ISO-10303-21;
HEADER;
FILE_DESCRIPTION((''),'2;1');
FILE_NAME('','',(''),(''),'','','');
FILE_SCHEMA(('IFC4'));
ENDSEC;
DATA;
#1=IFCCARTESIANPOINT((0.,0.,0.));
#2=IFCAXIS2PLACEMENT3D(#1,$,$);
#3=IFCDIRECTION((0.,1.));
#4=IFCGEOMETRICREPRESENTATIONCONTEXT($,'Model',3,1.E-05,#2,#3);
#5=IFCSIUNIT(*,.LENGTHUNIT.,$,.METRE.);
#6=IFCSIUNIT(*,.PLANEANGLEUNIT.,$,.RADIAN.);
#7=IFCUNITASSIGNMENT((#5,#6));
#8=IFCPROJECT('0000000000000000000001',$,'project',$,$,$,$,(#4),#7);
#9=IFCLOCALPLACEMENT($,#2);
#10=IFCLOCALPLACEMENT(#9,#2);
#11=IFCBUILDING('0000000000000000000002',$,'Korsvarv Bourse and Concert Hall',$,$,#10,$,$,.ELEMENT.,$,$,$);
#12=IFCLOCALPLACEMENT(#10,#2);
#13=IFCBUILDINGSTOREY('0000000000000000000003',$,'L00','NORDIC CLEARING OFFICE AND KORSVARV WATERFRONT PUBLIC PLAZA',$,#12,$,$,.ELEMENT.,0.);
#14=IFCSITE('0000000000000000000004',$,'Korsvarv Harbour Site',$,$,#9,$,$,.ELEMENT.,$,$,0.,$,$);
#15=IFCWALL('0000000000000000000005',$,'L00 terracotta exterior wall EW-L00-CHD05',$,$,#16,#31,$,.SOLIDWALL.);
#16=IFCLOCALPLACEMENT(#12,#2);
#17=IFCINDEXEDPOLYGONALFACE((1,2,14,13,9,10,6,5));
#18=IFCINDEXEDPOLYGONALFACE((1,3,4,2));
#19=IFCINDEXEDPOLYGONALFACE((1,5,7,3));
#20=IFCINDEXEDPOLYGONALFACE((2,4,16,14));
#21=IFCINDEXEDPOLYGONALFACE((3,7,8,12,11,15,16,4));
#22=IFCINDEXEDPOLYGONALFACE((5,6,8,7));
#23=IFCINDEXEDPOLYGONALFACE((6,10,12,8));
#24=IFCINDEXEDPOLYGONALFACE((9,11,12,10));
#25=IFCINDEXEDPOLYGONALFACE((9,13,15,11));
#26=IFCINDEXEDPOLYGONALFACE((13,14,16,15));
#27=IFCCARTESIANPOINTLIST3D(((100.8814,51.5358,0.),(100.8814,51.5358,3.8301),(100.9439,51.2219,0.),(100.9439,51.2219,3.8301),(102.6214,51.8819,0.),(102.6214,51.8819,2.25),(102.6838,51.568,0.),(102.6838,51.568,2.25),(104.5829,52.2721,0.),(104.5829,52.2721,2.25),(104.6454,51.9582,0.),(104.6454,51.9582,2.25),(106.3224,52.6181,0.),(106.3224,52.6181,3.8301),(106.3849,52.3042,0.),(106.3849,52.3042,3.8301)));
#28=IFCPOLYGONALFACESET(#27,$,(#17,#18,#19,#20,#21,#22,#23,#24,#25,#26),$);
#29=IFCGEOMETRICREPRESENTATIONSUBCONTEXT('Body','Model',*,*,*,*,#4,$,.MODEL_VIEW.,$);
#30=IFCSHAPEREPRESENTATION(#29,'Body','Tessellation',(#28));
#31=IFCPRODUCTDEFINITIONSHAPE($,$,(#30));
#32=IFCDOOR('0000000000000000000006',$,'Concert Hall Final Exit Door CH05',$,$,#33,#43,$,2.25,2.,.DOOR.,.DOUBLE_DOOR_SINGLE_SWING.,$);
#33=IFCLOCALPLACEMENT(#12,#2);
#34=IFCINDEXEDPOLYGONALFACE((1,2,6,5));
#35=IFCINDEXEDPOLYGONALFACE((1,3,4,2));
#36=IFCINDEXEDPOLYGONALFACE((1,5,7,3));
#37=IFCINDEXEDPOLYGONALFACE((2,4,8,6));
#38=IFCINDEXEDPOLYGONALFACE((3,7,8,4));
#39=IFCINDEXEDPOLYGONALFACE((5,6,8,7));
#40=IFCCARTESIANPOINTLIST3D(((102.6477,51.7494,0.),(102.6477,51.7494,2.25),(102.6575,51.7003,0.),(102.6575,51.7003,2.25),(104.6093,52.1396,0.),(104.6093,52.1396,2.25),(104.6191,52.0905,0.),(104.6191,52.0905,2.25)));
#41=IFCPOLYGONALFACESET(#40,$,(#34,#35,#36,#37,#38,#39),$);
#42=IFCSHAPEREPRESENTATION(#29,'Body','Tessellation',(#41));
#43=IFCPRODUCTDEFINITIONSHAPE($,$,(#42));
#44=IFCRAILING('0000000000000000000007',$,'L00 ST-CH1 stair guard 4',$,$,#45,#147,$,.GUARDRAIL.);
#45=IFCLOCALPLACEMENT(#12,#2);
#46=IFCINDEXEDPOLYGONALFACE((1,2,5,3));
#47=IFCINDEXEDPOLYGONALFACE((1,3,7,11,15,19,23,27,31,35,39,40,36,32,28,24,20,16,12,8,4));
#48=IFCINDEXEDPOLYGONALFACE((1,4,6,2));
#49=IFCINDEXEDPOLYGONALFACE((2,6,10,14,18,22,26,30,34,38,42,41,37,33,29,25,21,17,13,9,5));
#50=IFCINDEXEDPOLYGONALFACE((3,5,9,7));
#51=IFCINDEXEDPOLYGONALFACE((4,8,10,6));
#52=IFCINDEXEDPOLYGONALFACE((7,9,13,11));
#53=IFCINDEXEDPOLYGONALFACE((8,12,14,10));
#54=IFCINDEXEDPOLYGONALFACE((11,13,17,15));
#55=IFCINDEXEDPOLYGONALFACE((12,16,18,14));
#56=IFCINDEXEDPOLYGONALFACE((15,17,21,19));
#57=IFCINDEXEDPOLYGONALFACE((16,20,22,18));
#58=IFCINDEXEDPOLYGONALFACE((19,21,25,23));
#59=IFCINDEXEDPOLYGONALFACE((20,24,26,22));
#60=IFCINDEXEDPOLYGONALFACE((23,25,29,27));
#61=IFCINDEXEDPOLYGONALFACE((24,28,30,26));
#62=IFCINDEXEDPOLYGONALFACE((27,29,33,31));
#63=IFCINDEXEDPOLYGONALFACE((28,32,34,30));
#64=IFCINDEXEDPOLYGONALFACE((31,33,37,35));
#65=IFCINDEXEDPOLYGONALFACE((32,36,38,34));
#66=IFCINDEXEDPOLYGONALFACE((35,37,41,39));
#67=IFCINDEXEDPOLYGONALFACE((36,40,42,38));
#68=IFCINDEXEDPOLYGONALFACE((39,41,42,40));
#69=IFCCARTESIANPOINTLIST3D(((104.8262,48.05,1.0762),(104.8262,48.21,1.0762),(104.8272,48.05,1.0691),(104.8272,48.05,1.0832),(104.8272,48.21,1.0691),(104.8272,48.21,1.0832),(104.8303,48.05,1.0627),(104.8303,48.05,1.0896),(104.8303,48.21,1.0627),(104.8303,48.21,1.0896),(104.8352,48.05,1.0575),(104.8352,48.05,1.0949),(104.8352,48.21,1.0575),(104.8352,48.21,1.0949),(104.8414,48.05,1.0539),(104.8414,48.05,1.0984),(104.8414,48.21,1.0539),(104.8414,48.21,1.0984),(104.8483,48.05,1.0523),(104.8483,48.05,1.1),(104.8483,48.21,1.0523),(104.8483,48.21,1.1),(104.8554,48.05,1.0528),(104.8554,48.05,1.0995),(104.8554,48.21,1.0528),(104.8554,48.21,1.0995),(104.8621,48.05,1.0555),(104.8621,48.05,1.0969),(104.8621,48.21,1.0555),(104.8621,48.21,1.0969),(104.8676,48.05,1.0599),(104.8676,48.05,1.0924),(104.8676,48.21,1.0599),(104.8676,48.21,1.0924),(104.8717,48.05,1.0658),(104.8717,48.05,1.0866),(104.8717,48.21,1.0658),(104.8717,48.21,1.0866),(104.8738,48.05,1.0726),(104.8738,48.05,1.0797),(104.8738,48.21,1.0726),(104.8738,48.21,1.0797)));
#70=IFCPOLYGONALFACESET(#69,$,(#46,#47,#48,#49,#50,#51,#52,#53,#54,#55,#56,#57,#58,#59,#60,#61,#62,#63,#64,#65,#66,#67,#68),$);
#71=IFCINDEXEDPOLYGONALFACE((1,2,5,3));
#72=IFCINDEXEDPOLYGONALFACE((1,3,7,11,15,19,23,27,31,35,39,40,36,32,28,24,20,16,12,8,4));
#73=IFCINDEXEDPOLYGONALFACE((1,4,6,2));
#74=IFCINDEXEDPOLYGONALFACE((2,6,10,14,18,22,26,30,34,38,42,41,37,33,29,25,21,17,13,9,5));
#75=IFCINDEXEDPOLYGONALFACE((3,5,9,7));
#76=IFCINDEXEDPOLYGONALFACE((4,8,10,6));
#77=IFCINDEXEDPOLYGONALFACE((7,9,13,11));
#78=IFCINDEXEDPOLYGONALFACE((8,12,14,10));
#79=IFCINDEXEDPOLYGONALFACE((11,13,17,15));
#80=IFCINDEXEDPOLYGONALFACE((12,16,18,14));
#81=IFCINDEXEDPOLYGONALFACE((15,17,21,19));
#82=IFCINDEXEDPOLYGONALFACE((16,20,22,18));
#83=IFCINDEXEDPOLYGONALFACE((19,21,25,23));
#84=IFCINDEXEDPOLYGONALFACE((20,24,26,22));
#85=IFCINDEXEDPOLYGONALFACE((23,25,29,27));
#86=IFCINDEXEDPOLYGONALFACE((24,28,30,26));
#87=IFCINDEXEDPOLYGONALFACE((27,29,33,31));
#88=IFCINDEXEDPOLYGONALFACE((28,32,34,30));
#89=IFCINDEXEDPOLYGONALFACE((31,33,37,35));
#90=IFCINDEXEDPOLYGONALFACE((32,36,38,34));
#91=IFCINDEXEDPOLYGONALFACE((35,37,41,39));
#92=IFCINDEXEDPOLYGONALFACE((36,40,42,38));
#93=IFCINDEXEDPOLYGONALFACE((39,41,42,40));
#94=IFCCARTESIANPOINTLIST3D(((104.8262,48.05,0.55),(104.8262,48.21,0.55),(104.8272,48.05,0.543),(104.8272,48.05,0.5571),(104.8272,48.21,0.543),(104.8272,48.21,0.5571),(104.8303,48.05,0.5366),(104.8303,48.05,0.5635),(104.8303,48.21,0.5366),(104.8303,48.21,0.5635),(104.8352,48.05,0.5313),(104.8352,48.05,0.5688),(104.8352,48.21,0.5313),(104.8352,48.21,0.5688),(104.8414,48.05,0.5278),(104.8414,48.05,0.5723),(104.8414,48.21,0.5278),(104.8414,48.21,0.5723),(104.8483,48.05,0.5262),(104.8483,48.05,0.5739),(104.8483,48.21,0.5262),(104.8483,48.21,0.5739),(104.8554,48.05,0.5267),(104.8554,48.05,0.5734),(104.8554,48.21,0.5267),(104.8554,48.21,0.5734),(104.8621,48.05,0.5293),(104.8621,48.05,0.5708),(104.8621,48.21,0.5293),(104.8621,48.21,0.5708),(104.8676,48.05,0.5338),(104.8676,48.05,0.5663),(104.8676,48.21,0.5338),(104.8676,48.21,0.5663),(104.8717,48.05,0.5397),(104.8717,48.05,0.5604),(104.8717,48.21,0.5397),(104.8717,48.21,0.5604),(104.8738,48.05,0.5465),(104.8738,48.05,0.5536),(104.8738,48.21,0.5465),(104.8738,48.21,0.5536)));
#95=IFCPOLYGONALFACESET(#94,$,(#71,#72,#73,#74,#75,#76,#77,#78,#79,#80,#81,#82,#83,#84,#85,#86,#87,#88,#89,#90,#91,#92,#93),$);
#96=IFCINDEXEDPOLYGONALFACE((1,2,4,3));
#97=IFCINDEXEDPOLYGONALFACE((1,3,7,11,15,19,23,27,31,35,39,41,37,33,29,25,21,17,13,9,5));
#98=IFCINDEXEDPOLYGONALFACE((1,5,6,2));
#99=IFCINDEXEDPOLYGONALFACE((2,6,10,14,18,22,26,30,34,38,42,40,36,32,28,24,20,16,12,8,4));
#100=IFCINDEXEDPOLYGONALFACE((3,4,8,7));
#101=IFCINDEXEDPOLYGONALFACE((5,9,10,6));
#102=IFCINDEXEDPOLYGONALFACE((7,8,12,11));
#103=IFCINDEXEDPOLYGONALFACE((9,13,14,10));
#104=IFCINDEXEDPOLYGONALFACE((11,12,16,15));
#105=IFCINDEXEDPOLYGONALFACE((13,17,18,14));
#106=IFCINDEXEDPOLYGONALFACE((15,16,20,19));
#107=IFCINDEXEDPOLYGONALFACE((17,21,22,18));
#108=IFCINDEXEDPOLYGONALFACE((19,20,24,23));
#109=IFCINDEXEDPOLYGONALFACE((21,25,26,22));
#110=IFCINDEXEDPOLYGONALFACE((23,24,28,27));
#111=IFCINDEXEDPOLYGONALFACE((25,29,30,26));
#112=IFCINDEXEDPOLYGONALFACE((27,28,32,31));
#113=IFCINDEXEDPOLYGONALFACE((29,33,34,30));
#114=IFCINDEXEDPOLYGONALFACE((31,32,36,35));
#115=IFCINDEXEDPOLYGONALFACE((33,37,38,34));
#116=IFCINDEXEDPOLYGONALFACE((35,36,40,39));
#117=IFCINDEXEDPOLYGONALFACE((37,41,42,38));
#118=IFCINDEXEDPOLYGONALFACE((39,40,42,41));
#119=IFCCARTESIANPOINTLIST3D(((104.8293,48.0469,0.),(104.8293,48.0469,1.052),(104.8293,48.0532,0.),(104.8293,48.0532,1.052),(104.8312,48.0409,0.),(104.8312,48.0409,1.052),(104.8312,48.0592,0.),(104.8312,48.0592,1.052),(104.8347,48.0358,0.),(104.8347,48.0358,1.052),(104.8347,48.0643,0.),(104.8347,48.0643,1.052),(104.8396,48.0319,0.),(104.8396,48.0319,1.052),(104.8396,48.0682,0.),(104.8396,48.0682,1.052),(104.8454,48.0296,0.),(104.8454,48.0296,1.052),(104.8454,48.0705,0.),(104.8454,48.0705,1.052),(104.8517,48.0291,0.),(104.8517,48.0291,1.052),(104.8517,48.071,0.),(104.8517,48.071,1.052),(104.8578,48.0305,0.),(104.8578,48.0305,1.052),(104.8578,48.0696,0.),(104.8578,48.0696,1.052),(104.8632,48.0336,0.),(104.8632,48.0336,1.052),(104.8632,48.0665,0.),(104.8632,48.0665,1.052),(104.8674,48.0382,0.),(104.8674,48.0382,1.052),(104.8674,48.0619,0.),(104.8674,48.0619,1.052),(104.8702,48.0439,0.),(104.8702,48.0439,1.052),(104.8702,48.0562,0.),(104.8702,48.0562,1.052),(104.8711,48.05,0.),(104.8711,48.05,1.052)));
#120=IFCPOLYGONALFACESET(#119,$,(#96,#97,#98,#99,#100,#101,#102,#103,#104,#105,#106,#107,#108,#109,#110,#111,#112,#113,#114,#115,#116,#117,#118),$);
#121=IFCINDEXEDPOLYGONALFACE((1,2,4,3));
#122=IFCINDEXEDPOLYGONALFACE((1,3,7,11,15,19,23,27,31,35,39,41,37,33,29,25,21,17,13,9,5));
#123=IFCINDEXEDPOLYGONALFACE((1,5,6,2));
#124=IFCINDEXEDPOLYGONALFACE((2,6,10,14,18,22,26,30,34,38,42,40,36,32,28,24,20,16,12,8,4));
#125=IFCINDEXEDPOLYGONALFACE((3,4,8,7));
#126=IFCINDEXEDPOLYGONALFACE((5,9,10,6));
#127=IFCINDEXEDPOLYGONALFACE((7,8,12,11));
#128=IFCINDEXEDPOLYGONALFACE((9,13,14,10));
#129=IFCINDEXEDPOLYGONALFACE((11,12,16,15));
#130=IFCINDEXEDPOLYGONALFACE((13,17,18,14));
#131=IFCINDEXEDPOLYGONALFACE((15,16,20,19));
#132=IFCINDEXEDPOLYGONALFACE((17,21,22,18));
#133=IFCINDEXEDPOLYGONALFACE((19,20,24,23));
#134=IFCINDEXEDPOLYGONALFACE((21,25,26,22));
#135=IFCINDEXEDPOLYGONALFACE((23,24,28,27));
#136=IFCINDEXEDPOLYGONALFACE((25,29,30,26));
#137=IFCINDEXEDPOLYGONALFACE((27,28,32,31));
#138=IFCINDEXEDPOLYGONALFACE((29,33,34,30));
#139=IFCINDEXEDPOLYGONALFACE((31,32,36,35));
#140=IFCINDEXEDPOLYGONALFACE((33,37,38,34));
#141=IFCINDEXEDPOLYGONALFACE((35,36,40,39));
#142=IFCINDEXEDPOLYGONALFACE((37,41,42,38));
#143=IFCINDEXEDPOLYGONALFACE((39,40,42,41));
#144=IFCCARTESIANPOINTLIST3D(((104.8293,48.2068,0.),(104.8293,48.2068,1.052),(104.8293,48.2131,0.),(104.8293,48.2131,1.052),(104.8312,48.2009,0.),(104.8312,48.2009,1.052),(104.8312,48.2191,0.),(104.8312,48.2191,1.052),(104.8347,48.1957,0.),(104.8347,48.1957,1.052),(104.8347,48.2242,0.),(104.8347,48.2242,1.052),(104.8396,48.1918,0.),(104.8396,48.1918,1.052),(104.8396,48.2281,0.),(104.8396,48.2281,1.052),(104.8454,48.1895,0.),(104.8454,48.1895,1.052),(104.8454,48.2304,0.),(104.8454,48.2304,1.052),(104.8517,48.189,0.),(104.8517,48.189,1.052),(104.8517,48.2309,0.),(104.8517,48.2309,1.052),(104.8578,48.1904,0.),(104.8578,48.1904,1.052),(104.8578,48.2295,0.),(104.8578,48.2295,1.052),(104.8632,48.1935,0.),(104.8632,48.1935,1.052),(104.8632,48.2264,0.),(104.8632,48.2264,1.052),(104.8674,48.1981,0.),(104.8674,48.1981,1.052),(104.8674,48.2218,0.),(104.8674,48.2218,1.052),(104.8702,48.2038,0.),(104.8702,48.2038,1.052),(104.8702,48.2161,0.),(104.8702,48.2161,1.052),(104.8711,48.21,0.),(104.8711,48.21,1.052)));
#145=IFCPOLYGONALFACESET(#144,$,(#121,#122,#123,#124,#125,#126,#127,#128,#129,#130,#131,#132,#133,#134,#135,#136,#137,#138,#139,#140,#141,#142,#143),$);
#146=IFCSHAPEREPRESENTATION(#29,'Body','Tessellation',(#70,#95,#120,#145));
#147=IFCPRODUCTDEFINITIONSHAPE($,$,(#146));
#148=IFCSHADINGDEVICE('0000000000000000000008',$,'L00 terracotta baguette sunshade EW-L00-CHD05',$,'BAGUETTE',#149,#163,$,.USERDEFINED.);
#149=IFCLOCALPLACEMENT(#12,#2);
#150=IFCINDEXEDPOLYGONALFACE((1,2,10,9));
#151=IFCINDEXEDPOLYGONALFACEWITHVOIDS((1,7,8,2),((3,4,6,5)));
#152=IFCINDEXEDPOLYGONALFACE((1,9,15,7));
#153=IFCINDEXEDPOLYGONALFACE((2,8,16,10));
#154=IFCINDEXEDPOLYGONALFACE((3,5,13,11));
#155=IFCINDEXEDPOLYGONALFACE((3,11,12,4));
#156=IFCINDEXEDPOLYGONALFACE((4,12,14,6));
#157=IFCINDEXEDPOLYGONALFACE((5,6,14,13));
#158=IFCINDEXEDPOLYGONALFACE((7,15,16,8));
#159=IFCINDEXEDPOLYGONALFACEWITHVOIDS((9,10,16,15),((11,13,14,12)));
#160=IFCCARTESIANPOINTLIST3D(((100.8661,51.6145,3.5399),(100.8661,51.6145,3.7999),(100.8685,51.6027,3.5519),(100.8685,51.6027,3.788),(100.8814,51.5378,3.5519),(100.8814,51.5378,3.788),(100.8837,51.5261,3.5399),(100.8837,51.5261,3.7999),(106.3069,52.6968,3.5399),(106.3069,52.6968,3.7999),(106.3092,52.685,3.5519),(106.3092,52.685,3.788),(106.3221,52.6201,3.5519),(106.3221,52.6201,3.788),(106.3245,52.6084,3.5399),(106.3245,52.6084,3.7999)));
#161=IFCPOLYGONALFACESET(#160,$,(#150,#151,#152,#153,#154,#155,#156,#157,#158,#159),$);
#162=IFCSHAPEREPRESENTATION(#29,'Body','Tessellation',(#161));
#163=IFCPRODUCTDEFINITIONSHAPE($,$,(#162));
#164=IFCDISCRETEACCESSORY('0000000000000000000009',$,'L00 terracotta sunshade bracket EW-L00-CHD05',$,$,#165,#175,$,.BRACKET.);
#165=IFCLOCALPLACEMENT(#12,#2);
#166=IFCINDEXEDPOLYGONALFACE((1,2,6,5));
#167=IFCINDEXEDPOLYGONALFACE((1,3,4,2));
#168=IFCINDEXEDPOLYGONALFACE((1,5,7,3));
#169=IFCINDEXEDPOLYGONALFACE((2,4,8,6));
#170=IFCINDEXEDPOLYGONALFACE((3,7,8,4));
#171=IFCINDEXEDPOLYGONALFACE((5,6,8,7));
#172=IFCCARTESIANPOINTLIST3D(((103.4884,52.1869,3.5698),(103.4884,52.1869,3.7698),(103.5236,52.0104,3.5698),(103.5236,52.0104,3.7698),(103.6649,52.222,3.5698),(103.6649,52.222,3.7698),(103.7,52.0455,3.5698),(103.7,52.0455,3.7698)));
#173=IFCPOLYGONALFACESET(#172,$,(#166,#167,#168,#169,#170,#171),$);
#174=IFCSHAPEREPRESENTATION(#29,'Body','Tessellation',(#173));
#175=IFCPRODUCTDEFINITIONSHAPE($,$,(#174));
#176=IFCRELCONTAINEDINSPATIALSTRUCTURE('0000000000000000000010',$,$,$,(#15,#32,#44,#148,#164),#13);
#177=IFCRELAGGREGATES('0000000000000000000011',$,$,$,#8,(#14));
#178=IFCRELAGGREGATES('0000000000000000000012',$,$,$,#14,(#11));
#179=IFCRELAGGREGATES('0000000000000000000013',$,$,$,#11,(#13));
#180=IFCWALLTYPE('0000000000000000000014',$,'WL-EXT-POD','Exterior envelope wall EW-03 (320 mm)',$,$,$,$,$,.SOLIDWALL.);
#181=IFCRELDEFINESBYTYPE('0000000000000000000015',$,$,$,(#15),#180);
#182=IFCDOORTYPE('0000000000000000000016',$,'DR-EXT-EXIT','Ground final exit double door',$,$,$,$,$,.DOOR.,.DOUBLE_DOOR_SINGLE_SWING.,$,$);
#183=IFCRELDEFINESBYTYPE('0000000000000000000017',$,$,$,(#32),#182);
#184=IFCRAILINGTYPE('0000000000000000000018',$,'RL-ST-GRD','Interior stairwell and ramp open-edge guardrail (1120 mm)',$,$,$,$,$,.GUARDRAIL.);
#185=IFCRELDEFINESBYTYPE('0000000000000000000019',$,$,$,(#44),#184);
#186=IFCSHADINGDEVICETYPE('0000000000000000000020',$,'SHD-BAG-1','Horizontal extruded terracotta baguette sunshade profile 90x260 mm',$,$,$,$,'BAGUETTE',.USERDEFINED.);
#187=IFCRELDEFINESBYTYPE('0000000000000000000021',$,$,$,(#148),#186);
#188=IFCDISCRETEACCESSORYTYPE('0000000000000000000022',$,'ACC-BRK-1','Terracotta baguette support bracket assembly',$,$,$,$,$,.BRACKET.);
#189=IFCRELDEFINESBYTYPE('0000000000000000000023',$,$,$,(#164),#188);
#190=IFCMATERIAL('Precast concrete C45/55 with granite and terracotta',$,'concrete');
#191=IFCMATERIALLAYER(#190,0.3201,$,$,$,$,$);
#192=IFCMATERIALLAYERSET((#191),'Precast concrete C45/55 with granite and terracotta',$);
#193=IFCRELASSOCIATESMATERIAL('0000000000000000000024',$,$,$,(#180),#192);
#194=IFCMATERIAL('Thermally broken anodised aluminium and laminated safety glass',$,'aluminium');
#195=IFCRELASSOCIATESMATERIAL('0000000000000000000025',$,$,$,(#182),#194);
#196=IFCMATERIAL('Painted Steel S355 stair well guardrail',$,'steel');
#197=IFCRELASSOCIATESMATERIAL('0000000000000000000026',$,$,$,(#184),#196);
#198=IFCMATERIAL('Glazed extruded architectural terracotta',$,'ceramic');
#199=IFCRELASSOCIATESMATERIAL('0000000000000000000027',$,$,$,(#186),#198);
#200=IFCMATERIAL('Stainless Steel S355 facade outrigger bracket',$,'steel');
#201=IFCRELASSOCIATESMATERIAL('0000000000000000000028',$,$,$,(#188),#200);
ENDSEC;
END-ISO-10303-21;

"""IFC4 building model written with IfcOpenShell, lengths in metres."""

from ifc_helpers import new_model, si_unit, direction, frame, frame_2d, origin, origin_2d, place, context, subcontext, project, spatial, rectangle, hollow_rectangle, circle, extrude, source, transform, mapped, material, layer, layer_set, material_profile, profile_set, type_object, element, fill, save


model = new_model("IFC4")

# Units and contexts
model_context = context("Model", 3, precision=1e-05, world=origin(), true_north=direction((0.0, 1.0)))
body_context = subcontext(model_context, "Body", "Model", "MODEL_VIEW")
ifc_project = project(units=[si_unit("LENGTHUNIT", "METRE"), si_unit("PLANEANGLEUNIT", "RADIAN")], contexts=[model_context])

# Site, building, storey
site_placement = place(None, origin())
site = spatial("IfcSite", under=ifc_project, at=site_placement, Name="Korsvarv Harbour Site", CompositionType="ELEMENT", RefElevation=0.0)
building_placement = place(site_placement, origin())
building = spatial("IfcBuilding", under=site, at=building_placement, Name="Korsvarv Bourse and Concert Hall", CompositionType="ELEMENT")
storey_placement = place(building_placement, origin())
storey = spatial("IfcBuildingStorey", under=building, at=storey_placement, Name="L00", Description="NORDIC CLEARING OFFICE AND KORSVARV WATERFRONT PUBLIC PLAZA", CompositionType="ELEMENT", Elevation=0.0)

# Wall, opening, door
ifc_material_1 = material(Name="Precast concrete C45/55 with granite and terracotta", Category="concrete")
ifc_layer_1 = layer(ifc_material_1, 0.3201)
ifc_layer_set_1 = layer_set([ifc_layer_1], Name="Precast concrete C45/55 with granite and terracotta")
wall_type_1 = type_object("IfcWallType", Name="WL-EXT-POD", Description="Exterior envelope wall EW-03 (320 mm)", PredefinedType="SOLIDWALL", material=ifc_layer_set_1)
wall_1_placement = place(storey_placement, frame((106.3538, 52.4612, 0.0), z_axis=(0.0, 0.0, 1.0), x_axis=(-0.980785, -0.195092, 0.0)))
wall_1 = element("IfcWall", 1, at=wall_1_placement, inside=storey, type_object=wall_type_1, Name="L00 terracotta exterior wall EW-L00-CHD05", PredefinedType="SOLIDWALL", context=body_context, shape_type="SweptSolid", body=[
    extrude(rectangle(XDim=5.5476, YDim=0.3201, at=frame_2d((2.7739, 0.0))), origin(), (0.0, 0.0, 1.0), 3.8301),
])
opening_placement = place(wall_1_placement, frame((1.7737, 0.0, 0.0)))
opening = element("IfcOpeningElement", 2, at=opening_placement, cuts=wall_1, PredefinedType="OPENING", context=body_context, shape_type="SweptSolid", body=[
    extrude(rectangle(XDim=2.0, YDim=2.25, at=frame_2d((1.0, 1.125))), frame((0.0, 0.1699, 0.0), z_axis=(0.0, -1.0, 0.0), x_axis=(1.0, 0.0, 0.0)), (0.0, 0.0, 1.0), 0.3401),
])
ifc_material_2 = material(Name="Thermally broken anodised aluminium and laminated safety glass", Category="aluminium")
door_type = type_object("IfcDoorType", Name="DR-EXT-EXIT", Description="Ground final exit double door", OperationType="DOUBLE_DOOR_SINGLE_SWING", PredefinedType="DOOR", material=ifc_material_2)
door_placement = place(opening_placement, frame((2.0, 0.0, 0.0), z_axis=(0.0, 0.0, 1.0), x_axis=(-1.0, 0.0, 0.0)))
door = element("IfcDoor", 3, at=door_placement, inside=storey, type_object=door_type, Name="Concert Hall Final Exit Door CH05", OperationType="DOUBLE_DOOR_SINGLE_SWING", OverallHeight=2.25, OverallWidth=2.0, PredefinedType="DOOR", context=body_context, shape_type="SweptSolid", body=[
    extrude(rectangle(XDim=2.0, YDim=2.25, at=frame_2d((1.0, 1.125))), frame((0.0, 0.0249, 0.0), z_axis=(0.0, -1.0, 0.0), x_axis=(1.0, 0.0, 0.0)), (0.0, 0.0, 1.0), 0.05),
])
fill(opening, door)

# Railing
ifc_material_3 = material(Name="Painted Steel S355 stair well guardrail", Category="steel")
railing_type = type_object("IfcRailingType", Name="RL-ST-GRD", Description="Interior stairwell and ramp open-edge guardrail (1120 mm)", PredefinedType="GUARDRAIL", material=ifc_material_3)
railing_placement = place(storey_placement, frame((104.8501, 48.05, 0.0)))
element("IfcRailing", 4, at=railing_placement, inside=storey, type_object=railing_type, Name="L00 ST-CH1 stair guard 4", PredefinedType="GUARDRAIL", context=body_context, shape_type="SweptSolid", body=[
    extrude(circle(Radius=0.0239, at=origin_2d()), frame((0.0, 0.0, 1.0762), z_axis=(0.0, 1.0, 0.0), x_axis=(-1.0, 0.0, 0.0)), (0.0, 0.0, 1.0), 0.1599),
    extrude(circle(Radius=0.0239, at=origin_2d()), frame((0.0, 0.0, 0.55), z_axis=(0.0, 1.0, 0.0), x_axis=(-1.0, 0.0, 0.0)), (0.0, 0.0, 1.0), 0.1599),
    extrude(circle(Radius=0.021, at=origin_2d()), origin(), (0.0, 0.0, 1.0), 1.052),
    extrude(circle(Radius=0.021, at=origin_2d()), frame((0.0, 0.1599, 0.0)), (0.0, 0.0, 1.0), 1.052),
])

# Shading device
ifc_material_4 = material(Name="Glazed extruded architectural terracotta", Category="ceramic")
ifc_material_profile_1 = material_profile(ifc_material_4, hollow_rectangle(XDim=0.0901, YDim=0.26, WallThickness=0.012, at=origin_2d()), Name="TC-BAG 90x260")
ifc_profile_set_1 = profile_set([ifc_material_profile_1], Name="Glazed extruded architectural terracotta")
shading_device_type = type_object("IfcShadingDeviceType", Name="SHD-BAG-1", Description="Horizontal extruded terracotta baguette sunshade profile 90x260 mm", ElementType="BAGUETTE", PredefinedType="USERDEFINED", material=ifc_profile_set_1)
shared_shape_1 = source(origin(), body_context, "Body", "SweptSolid", [
    extrude(hollow_rectangle(XDim=0.0901, YDim=0.26, WallThickness=0.012, at=origin_2d()), origin(), (0.0, 0.0, 1.0), 5.5474),
])
shading_device_placement = place(storey_placement, frame((106.3157, 52.6526, 3.6699), z_axis=(-0.980783, -0.1951, 0.0), x_axis=(0.1951, -0.980783, 0.0)))
element("IfcShadingDevice", 5, at=shading_device_placement, inside=storey, type_object=shading_device_type, Name="L00 terracotta baguette sunshade EW-L00-CHD05", ObjectType="BAGUETTE", PredefinedType="USERDEFINED", context=body_context, shape_type="MappedRepresentation", body=[
    mapped(shared_shape_1, transform((0.0, 0.0, 0.0), scale=1.0)),
])

# Discrete accessory
ifc_material_5 = material(Name="Stainless Steel S355 facade outrigger bracket", Category="steel")
discrete_accessory_type = type_object("IfcDiscreteAccessoryType", Name="ACC-BRK-1", Description="Terracotta baguette support bracket assembly", PredefinedType="BRACKET", material=ifc_material_5)
shared_shape_2 = source(origin(), body_context, "Body", "SweptSolid", [
    extrude(rectangle(XDim=0.1799, YDim=0.1799, at=origin_2d()), origin(), (0.0, 0.0, 1.0), 0.2),
])
discrete_accessory_placement = place(storey_placement, frame((103.5942, 52.1162, 3.5698), z_axis=(0.0, 0.0, 1.0), x_axis=(-0.980785, -0.19509, 0.0)))
element("IfcDiscreteAccessory", 6, at=discrete_accessory_placement, inside=storey, type_object=discrete_accessory_type, Name="L00 terracotta sunshade bracket EW-L00-CHD05", PredefinedType="BRACKET", context=body_context, shape_type="MappedRepresentation", body=[
    mapped(shared_shape_2, transform((0.0, 0.0, 0.0), scale=1.0)),
])

save(model, "model.ifc")
